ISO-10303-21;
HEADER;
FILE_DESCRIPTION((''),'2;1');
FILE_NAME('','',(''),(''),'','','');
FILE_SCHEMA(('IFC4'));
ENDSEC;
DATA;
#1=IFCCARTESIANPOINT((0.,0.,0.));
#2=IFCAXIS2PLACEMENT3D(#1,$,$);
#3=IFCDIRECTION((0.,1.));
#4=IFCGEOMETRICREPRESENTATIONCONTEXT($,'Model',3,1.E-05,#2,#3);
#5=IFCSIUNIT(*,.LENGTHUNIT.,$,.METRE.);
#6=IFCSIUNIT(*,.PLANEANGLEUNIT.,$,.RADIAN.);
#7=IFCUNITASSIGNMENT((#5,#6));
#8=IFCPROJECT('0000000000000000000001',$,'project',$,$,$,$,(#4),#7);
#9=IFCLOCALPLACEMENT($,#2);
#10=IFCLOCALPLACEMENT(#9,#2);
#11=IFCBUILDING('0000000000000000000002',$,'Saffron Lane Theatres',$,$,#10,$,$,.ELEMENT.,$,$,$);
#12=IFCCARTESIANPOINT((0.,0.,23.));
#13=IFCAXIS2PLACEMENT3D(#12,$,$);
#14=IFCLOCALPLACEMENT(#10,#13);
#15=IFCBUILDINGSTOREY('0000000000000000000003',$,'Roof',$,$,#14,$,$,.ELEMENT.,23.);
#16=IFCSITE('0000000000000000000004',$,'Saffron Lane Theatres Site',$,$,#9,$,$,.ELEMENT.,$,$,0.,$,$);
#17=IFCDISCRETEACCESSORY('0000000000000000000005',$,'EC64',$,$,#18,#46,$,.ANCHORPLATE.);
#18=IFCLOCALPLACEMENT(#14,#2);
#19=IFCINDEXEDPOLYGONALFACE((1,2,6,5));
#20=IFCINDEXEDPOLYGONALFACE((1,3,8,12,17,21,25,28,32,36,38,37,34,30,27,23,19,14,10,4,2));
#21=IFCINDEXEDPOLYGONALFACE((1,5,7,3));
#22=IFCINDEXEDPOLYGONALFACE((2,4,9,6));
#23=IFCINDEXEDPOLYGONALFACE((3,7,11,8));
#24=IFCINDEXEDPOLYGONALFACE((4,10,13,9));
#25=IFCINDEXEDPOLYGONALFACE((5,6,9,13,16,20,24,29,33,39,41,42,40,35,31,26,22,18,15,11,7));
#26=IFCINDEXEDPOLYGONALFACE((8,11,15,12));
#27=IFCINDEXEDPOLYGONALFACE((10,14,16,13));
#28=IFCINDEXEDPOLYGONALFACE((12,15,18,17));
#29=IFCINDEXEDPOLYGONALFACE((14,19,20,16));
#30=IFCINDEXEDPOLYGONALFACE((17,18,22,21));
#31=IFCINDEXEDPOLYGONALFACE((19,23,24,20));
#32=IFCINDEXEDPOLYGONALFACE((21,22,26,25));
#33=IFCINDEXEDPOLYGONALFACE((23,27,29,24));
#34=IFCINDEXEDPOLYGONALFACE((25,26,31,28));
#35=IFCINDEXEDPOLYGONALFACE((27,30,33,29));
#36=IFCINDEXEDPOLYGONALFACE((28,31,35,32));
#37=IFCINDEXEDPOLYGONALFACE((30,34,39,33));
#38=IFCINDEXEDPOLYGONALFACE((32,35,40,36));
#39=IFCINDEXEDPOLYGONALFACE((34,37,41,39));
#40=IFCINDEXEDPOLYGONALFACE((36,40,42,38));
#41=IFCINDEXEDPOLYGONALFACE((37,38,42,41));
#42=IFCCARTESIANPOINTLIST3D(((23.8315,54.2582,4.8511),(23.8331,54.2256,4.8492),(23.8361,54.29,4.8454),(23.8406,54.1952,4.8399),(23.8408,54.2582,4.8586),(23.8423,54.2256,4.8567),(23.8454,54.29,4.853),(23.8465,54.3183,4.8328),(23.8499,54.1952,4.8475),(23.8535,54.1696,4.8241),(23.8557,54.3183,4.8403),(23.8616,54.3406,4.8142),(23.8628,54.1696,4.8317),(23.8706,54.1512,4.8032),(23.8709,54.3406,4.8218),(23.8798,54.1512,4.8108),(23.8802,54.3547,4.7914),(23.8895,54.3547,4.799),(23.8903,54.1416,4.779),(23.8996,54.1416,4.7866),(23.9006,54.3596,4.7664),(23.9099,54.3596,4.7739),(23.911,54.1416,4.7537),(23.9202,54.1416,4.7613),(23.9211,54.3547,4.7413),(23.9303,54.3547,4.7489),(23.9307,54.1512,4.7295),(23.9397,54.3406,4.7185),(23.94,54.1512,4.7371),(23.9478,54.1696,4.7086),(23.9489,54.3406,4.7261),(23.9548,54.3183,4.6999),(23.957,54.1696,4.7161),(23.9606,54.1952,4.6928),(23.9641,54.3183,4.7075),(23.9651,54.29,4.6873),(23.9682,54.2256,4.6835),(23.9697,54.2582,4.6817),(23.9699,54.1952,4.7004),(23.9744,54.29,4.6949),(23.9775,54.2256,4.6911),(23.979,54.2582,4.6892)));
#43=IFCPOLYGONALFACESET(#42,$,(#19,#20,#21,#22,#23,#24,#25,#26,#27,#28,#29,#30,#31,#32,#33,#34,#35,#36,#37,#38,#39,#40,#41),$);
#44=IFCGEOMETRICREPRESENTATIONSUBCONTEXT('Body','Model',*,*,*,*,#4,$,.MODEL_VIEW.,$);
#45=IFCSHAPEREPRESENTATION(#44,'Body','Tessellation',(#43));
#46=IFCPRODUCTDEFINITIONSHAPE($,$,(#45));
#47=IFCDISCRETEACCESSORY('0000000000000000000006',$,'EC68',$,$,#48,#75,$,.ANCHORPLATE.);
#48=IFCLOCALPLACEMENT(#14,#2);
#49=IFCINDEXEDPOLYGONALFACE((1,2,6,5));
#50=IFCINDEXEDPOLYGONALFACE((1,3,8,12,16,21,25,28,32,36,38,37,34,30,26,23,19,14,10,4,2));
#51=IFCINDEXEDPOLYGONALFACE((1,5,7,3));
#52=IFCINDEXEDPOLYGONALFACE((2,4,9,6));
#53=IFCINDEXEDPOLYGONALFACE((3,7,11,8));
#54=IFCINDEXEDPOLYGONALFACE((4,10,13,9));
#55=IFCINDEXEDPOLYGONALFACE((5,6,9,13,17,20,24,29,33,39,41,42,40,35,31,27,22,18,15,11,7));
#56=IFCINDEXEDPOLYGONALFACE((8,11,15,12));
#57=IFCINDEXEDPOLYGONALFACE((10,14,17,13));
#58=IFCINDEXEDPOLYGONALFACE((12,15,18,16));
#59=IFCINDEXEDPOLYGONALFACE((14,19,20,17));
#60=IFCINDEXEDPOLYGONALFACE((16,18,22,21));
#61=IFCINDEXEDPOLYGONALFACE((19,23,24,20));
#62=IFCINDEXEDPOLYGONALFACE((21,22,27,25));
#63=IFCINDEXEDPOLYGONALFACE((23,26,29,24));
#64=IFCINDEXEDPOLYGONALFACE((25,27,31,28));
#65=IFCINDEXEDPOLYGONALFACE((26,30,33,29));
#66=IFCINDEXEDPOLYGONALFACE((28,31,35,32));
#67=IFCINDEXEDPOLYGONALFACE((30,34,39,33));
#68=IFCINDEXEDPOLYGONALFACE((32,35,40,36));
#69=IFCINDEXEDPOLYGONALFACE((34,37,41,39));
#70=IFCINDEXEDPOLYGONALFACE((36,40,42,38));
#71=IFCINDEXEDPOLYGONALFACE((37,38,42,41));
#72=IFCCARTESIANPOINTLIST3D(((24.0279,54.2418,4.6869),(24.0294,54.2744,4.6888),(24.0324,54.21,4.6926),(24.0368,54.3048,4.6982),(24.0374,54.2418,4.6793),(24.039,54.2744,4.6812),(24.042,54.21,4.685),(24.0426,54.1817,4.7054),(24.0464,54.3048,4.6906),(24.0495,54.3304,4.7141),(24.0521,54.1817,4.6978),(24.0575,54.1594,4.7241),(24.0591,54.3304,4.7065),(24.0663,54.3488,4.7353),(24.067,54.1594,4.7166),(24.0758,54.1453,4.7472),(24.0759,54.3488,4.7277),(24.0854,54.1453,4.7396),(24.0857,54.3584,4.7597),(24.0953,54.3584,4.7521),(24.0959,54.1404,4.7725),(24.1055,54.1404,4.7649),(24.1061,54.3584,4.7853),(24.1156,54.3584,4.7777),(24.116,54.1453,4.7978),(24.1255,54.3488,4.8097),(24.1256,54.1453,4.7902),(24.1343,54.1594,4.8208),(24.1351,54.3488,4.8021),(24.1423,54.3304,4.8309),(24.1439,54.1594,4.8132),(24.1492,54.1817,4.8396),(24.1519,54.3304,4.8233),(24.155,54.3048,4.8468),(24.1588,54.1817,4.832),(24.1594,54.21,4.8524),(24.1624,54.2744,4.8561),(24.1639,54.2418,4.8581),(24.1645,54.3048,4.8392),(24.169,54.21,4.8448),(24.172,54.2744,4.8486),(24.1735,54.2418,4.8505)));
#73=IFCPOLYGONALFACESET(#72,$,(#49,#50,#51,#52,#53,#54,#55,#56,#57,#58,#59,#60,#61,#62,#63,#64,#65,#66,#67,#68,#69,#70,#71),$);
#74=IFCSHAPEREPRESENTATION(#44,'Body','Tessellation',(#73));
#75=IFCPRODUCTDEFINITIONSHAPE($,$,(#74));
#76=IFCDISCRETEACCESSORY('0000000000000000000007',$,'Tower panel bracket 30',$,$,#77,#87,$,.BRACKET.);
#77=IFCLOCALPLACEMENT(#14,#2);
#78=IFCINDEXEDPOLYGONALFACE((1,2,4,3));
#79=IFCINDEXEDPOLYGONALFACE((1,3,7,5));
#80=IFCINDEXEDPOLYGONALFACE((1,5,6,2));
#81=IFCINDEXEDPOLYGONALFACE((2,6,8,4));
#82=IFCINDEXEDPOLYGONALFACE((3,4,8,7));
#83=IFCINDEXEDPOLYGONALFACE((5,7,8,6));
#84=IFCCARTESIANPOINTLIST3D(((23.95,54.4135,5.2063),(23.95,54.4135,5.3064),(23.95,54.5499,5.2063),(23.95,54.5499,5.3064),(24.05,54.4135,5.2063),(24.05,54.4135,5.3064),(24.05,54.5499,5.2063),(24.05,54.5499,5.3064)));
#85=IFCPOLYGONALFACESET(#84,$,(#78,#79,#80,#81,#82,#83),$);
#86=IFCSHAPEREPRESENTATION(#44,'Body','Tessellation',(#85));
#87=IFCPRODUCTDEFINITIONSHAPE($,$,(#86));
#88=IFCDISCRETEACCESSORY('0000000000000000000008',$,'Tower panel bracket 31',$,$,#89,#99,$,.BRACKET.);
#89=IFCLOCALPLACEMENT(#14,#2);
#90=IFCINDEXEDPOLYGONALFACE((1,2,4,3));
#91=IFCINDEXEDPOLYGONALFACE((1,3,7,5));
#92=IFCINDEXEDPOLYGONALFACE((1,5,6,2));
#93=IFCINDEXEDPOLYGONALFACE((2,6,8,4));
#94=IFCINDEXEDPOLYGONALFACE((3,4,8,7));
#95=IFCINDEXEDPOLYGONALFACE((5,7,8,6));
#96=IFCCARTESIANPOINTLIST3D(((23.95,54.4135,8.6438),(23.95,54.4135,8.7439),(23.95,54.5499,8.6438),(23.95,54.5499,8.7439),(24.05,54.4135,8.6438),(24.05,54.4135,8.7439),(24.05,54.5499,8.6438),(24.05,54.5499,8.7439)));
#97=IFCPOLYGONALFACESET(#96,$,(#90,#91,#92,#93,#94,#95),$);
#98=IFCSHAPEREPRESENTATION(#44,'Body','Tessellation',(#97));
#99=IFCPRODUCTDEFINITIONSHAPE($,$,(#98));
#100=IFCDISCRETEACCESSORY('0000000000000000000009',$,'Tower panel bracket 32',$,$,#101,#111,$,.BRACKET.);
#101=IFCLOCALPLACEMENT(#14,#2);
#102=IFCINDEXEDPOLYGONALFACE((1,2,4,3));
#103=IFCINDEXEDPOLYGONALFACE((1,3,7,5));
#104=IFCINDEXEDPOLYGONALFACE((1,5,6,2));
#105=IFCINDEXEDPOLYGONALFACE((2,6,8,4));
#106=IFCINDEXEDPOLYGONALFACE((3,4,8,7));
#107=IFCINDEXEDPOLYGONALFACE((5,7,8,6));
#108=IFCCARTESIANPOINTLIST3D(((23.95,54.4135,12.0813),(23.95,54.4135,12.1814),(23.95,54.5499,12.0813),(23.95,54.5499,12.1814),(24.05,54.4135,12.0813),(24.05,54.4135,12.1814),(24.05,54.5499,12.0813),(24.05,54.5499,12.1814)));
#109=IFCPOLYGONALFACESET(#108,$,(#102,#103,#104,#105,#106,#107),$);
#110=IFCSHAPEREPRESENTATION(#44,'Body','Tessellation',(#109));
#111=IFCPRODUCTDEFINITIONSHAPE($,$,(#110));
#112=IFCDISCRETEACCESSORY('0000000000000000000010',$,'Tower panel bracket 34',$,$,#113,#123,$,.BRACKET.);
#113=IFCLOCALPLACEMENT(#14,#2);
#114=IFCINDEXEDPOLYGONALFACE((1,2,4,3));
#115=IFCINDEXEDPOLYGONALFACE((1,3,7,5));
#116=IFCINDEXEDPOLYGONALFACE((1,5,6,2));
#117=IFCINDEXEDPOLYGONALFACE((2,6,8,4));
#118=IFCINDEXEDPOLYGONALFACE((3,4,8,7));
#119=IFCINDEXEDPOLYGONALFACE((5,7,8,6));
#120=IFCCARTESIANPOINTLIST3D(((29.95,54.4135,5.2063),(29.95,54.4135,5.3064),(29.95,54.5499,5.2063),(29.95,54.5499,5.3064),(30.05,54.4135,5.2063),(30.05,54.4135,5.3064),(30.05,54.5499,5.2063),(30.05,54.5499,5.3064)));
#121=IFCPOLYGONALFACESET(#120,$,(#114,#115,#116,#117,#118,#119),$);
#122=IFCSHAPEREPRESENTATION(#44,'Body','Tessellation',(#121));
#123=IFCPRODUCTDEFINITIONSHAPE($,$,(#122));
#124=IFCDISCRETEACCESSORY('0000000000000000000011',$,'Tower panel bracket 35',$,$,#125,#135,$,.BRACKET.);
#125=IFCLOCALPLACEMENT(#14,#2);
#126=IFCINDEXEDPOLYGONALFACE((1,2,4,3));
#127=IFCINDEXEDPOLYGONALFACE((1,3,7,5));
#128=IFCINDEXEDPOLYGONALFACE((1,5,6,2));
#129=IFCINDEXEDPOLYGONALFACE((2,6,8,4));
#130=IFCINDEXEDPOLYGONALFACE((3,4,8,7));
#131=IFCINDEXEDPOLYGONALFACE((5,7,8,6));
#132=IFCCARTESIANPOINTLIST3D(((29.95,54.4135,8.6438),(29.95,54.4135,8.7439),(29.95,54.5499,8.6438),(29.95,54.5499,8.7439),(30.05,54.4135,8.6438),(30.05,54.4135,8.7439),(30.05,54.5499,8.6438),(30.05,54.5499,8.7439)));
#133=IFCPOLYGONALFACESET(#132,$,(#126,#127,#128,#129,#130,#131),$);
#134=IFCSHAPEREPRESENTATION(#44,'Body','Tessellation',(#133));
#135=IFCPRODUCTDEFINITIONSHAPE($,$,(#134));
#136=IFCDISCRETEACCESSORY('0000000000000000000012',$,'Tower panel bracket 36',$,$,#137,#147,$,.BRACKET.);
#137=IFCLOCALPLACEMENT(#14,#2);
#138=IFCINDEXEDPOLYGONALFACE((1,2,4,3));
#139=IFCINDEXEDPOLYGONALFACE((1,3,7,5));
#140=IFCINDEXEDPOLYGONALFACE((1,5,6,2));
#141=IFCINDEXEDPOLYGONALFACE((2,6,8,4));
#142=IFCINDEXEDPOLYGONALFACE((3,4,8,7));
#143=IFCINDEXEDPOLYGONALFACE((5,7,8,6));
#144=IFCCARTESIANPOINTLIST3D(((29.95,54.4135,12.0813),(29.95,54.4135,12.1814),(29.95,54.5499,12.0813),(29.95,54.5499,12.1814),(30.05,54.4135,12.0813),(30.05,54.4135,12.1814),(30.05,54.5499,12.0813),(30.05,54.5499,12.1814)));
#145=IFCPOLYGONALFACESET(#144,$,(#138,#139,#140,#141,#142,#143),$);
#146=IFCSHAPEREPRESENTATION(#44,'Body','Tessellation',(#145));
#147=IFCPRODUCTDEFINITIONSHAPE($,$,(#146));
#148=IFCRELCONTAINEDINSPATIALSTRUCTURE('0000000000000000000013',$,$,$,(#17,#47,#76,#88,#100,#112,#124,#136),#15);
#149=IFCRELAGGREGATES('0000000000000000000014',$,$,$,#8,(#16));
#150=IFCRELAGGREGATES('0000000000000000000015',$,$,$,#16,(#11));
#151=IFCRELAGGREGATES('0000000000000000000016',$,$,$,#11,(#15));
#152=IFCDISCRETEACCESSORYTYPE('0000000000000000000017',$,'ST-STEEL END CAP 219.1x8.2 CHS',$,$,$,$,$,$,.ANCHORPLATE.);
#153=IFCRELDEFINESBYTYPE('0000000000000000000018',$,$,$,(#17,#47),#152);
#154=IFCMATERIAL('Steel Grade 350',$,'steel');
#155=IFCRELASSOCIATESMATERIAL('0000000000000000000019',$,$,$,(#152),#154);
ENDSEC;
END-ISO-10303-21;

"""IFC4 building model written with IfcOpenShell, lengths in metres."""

from ifc_helpers import new_model, si_unit, direction, frame, origin, origin_2d, place, context, subcontext, project, spatial, rectangle, circle, extrude, material, material_profile, profile_set, type_object, element, save


model = new_model("IFC4")

# Units and contexts
model_context = context("Model", 3, precision=1e-05, world=origin(), true_north=direction((0.0, 1.0)))
body_context = subcontext(model_context, "Body", "Model", "MODEL_VIEW")
ifc_project = project(units=[si_unit("LENGTHUNIT", "METRE"), si_unit("PLANEANGLEUNIT", "RADIAN")], contexts=[model_context])

# Site, building, storey
site_placement = place(None, origin())
site = spatial("IfcSite", under=ifc_project, at=site_placement, Name="Saffron Lane Theatres Site", CompositionType="ELEMENT", RefElevation=0.0)
building_placement = place(site_placement, origin())
building = spatial("IfcBuilding", under=site, at=building_placement, Name="Saffron Lane Theatres", CompositionType="ELEMENT")
storey_placement = place(building_placement, frame((0.0, 0.0, 23.0)))
storey = spatial("IfcBuildingStorey", under=building, at=storey_placement, Name="Roof", CompositionType="ELEMENT", Elevation=23.0)

# Discrete accessories
ifc_material_1 = material(Name="Steel Grade 350", Category="steel")
ifc_material_profile_1 = material_profile(ifc_material_1, circle(Radius=0.1096, at=origin_2d()))
ifc_profile_set_1 = profile_set([ifc_material_profile_1], Name="Steel Grade 350")
discrete_accessory_type_1 = type_object("IfcDiscreteAccessoryType", Name="ST-STEEL END CAP 219.1x8.2 CHS", PredefinedType="ANCHORPLATE", material=ifc_profile_set_1)
discrete_accessory_1_placement = place(storey_placement, frame((23.9006, 54.25, 4.7664), z_axis=(0.774865, 0.0, 0.632127), x_axis=(0.0, 1.0, 0.0)))
element("IfcDiscreteAccessory", 1, at=discrete_accessory_1_placement, inside=storey, type_object=discrete_accessory_type_1, Name="EC64", PredefinedType="ANCHORPLATE", context=body_context, shape_type="SweptSolid", body=[
    extrude(circle(Radius=0.1096, at=origin_2d()), origin(), (0.0, 0.0, 1.0), 0.012),
])
discrete_accessory_2_placement = place(storey_placement, frame((24.1055, 54.25, 4.7649), z_axis=(-0.782823, 0.0, 0.622244), x_axis=(0.0, -1.0, 0.0)))
element("IfcDiscreteAccessory", 2, at=discrete_accessory_2_placement, inside=storey, type_object=discrete_accessory_type_1, Name="EC68", PredefinedType="ANCHORPLATE", context=body_context, shape_type="SweptSolid", body=[
    extrude(circle(Radius=0.1096, at=origin_2d()), origin(), (0.0, 0.0, 1.0), 0.0122),
])
for number, where, z_axis, x_axis, name in (
    (3, (24.0, 54.4817, 5.2063), (0.0, 0.0, 1.0), (1.0, 0.0, 0.0), "Tower panel bracket 30"),
    (4, (24.0, 54.4817, 8.6438), (0.0, 0.0, 1.0), (1.0, 0.0, 0.0), "Tower panel bracket 31"),
    (5, (24.0, 54.4817, 12.0813), (0.0, 0.0, 1.0), (1.0, 0.0, 0.0), "Tower panel bracket 32"),
    (6, (30.0, 54.4817, 5.2063), (0.0, 0.0, 1.0), (1.0, 0.0, 0.0), "Tower panel bracket 34"),
    (7, (30.0, 54.4817, 8.6438), (0.0, 0.0, 1.0), (1.0, 0.0, 0.0), "Tower panel bracket 35"),
    (8, (30.0, 54.4817, 12.0813), (0.0, 0.0, 1.0), (1.0, 0.0, 0.0), "Tower panel bracket 36"),
):
    element("IfcDiscreteAccessory", number, at=place(storey_placement, frame(where, z_axis=z_axis, x_axis=x_axis)), inside=storey, Name=name, PredefinedType="BRACKET", context=body_context, shape_type="SweptSolid", body=[
        extrude(rectangle(XDim=0.1001, YDim=0.1365, at=origin_2d()), origin(), (0.0, 0.0, 1.0), 0.1001),
    ])

save(model, "model.ifc")
